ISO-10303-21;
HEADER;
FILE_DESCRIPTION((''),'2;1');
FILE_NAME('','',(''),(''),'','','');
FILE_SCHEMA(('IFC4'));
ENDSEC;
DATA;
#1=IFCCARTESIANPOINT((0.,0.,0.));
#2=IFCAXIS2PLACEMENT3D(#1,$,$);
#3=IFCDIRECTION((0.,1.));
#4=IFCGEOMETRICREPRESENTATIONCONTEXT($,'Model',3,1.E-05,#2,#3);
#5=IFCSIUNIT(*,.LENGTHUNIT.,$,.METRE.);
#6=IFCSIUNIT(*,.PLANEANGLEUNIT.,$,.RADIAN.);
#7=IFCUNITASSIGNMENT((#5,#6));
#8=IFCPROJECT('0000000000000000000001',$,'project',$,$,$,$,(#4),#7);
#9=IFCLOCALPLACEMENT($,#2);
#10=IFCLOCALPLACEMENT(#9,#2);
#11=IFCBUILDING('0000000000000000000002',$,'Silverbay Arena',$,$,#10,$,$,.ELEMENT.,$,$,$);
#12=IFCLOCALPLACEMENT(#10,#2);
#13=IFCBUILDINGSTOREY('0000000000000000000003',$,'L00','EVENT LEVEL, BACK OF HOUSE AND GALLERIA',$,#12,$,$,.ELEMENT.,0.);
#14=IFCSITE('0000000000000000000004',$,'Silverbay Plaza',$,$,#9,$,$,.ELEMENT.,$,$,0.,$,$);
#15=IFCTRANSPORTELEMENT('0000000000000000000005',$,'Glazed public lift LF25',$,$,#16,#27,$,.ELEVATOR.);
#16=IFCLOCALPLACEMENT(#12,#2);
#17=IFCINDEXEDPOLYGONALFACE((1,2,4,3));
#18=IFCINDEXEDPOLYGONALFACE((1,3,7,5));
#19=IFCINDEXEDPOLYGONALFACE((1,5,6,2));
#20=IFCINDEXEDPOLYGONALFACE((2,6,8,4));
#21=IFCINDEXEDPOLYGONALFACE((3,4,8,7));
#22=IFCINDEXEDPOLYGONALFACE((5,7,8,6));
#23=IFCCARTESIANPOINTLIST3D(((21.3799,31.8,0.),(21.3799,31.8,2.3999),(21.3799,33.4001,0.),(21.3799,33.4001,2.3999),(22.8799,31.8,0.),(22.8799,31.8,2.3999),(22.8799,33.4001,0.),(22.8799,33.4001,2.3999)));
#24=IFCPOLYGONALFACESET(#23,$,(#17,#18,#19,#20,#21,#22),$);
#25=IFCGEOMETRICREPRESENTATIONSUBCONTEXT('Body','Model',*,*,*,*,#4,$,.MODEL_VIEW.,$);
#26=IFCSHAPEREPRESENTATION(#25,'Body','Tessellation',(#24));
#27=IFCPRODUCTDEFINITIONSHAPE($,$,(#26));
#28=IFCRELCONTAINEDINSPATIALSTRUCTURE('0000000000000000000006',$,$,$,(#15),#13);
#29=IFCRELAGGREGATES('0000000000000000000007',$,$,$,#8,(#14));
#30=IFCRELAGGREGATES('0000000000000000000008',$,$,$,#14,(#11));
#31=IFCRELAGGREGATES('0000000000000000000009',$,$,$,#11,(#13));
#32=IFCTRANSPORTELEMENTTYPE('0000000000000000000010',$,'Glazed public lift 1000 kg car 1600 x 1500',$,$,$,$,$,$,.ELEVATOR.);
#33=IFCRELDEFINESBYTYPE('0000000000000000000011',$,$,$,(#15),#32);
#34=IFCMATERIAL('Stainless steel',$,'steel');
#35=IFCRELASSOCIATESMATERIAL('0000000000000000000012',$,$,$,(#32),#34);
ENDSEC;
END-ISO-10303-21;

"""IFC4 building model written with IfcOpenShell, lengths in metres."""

from ifc_helpers import new_model, si_unit, direction, frame, origin, origin_2d, place, context, subcontext, project, spatial, rectangle, extrude, material, type_object, element, save


model = new_model("IFC4")

# Units and contexts
model_context = context("Model", 3, precision=1e-05, world=origin(), true_north=direction((0.0, 1.0)))
body_context = subcontext(model_context, "Body", "Model", "MODEL_VIEW")
ifc_project = project(units=[si_unit("LENGTHUNIT", "METRE"), si_unit("PLANEANGLEUNIT", "RADIAN")], contexts=[model_context])

# Site, building, storey
site_placement = place(None, origin())
site = spatial("IfcSite", under=ifc_project, at=site_placement, Name="Silverbay Plaza", CompositionType="ELEMENT", RefElevation=0.0)
building_placement = place(site_placement, origin())
building = spatial("IfcBuilding", under=site, at=building_placement, Name="Silverbay Arena", CompositionType="ELEMENT")
storey_placement = place(building_placement, origin())
storey = spatial("IfcBuildingStorey", under=building, at=storey_placement, Name="L00", Description="EVENT LEVEL, BACK OF HOUSE AND GALLERIA", CompositionType="ELEMENT", Elevation=0.0)

# Transport element
ifc_material_1 = material(Name="Stainless steel", Category="steel")
transport_element_type = type_object("IfcTransportElementType", Name="Glazed public lift 1000 kg car 1600 x 1500", PredefinedType="ELEVATOR", material=ifc_material_1)
transport_element_placement = place(storey_placement, frame((22.1299, 32.6001, 0.0), z_axis=(0.0, 0.0, 1.0), x_axis=(1.0, 0.0, 0.0)))
element("IfcTransportElement", 1, at=transport_element_placement, inside=storey, type_object=transport_element_type, Name="Glazed public lift LF25", PredefinedType="ELEVATOR", context=body_context, shape_type="SweptSolid", body=[
    extrude(rectangle(XDim=1.5, YDim=1.6001, at=origin_2d()), origin(), (0.0, 0.0, 1.0), 2.3999),
])

save(model, "model.ifc")
